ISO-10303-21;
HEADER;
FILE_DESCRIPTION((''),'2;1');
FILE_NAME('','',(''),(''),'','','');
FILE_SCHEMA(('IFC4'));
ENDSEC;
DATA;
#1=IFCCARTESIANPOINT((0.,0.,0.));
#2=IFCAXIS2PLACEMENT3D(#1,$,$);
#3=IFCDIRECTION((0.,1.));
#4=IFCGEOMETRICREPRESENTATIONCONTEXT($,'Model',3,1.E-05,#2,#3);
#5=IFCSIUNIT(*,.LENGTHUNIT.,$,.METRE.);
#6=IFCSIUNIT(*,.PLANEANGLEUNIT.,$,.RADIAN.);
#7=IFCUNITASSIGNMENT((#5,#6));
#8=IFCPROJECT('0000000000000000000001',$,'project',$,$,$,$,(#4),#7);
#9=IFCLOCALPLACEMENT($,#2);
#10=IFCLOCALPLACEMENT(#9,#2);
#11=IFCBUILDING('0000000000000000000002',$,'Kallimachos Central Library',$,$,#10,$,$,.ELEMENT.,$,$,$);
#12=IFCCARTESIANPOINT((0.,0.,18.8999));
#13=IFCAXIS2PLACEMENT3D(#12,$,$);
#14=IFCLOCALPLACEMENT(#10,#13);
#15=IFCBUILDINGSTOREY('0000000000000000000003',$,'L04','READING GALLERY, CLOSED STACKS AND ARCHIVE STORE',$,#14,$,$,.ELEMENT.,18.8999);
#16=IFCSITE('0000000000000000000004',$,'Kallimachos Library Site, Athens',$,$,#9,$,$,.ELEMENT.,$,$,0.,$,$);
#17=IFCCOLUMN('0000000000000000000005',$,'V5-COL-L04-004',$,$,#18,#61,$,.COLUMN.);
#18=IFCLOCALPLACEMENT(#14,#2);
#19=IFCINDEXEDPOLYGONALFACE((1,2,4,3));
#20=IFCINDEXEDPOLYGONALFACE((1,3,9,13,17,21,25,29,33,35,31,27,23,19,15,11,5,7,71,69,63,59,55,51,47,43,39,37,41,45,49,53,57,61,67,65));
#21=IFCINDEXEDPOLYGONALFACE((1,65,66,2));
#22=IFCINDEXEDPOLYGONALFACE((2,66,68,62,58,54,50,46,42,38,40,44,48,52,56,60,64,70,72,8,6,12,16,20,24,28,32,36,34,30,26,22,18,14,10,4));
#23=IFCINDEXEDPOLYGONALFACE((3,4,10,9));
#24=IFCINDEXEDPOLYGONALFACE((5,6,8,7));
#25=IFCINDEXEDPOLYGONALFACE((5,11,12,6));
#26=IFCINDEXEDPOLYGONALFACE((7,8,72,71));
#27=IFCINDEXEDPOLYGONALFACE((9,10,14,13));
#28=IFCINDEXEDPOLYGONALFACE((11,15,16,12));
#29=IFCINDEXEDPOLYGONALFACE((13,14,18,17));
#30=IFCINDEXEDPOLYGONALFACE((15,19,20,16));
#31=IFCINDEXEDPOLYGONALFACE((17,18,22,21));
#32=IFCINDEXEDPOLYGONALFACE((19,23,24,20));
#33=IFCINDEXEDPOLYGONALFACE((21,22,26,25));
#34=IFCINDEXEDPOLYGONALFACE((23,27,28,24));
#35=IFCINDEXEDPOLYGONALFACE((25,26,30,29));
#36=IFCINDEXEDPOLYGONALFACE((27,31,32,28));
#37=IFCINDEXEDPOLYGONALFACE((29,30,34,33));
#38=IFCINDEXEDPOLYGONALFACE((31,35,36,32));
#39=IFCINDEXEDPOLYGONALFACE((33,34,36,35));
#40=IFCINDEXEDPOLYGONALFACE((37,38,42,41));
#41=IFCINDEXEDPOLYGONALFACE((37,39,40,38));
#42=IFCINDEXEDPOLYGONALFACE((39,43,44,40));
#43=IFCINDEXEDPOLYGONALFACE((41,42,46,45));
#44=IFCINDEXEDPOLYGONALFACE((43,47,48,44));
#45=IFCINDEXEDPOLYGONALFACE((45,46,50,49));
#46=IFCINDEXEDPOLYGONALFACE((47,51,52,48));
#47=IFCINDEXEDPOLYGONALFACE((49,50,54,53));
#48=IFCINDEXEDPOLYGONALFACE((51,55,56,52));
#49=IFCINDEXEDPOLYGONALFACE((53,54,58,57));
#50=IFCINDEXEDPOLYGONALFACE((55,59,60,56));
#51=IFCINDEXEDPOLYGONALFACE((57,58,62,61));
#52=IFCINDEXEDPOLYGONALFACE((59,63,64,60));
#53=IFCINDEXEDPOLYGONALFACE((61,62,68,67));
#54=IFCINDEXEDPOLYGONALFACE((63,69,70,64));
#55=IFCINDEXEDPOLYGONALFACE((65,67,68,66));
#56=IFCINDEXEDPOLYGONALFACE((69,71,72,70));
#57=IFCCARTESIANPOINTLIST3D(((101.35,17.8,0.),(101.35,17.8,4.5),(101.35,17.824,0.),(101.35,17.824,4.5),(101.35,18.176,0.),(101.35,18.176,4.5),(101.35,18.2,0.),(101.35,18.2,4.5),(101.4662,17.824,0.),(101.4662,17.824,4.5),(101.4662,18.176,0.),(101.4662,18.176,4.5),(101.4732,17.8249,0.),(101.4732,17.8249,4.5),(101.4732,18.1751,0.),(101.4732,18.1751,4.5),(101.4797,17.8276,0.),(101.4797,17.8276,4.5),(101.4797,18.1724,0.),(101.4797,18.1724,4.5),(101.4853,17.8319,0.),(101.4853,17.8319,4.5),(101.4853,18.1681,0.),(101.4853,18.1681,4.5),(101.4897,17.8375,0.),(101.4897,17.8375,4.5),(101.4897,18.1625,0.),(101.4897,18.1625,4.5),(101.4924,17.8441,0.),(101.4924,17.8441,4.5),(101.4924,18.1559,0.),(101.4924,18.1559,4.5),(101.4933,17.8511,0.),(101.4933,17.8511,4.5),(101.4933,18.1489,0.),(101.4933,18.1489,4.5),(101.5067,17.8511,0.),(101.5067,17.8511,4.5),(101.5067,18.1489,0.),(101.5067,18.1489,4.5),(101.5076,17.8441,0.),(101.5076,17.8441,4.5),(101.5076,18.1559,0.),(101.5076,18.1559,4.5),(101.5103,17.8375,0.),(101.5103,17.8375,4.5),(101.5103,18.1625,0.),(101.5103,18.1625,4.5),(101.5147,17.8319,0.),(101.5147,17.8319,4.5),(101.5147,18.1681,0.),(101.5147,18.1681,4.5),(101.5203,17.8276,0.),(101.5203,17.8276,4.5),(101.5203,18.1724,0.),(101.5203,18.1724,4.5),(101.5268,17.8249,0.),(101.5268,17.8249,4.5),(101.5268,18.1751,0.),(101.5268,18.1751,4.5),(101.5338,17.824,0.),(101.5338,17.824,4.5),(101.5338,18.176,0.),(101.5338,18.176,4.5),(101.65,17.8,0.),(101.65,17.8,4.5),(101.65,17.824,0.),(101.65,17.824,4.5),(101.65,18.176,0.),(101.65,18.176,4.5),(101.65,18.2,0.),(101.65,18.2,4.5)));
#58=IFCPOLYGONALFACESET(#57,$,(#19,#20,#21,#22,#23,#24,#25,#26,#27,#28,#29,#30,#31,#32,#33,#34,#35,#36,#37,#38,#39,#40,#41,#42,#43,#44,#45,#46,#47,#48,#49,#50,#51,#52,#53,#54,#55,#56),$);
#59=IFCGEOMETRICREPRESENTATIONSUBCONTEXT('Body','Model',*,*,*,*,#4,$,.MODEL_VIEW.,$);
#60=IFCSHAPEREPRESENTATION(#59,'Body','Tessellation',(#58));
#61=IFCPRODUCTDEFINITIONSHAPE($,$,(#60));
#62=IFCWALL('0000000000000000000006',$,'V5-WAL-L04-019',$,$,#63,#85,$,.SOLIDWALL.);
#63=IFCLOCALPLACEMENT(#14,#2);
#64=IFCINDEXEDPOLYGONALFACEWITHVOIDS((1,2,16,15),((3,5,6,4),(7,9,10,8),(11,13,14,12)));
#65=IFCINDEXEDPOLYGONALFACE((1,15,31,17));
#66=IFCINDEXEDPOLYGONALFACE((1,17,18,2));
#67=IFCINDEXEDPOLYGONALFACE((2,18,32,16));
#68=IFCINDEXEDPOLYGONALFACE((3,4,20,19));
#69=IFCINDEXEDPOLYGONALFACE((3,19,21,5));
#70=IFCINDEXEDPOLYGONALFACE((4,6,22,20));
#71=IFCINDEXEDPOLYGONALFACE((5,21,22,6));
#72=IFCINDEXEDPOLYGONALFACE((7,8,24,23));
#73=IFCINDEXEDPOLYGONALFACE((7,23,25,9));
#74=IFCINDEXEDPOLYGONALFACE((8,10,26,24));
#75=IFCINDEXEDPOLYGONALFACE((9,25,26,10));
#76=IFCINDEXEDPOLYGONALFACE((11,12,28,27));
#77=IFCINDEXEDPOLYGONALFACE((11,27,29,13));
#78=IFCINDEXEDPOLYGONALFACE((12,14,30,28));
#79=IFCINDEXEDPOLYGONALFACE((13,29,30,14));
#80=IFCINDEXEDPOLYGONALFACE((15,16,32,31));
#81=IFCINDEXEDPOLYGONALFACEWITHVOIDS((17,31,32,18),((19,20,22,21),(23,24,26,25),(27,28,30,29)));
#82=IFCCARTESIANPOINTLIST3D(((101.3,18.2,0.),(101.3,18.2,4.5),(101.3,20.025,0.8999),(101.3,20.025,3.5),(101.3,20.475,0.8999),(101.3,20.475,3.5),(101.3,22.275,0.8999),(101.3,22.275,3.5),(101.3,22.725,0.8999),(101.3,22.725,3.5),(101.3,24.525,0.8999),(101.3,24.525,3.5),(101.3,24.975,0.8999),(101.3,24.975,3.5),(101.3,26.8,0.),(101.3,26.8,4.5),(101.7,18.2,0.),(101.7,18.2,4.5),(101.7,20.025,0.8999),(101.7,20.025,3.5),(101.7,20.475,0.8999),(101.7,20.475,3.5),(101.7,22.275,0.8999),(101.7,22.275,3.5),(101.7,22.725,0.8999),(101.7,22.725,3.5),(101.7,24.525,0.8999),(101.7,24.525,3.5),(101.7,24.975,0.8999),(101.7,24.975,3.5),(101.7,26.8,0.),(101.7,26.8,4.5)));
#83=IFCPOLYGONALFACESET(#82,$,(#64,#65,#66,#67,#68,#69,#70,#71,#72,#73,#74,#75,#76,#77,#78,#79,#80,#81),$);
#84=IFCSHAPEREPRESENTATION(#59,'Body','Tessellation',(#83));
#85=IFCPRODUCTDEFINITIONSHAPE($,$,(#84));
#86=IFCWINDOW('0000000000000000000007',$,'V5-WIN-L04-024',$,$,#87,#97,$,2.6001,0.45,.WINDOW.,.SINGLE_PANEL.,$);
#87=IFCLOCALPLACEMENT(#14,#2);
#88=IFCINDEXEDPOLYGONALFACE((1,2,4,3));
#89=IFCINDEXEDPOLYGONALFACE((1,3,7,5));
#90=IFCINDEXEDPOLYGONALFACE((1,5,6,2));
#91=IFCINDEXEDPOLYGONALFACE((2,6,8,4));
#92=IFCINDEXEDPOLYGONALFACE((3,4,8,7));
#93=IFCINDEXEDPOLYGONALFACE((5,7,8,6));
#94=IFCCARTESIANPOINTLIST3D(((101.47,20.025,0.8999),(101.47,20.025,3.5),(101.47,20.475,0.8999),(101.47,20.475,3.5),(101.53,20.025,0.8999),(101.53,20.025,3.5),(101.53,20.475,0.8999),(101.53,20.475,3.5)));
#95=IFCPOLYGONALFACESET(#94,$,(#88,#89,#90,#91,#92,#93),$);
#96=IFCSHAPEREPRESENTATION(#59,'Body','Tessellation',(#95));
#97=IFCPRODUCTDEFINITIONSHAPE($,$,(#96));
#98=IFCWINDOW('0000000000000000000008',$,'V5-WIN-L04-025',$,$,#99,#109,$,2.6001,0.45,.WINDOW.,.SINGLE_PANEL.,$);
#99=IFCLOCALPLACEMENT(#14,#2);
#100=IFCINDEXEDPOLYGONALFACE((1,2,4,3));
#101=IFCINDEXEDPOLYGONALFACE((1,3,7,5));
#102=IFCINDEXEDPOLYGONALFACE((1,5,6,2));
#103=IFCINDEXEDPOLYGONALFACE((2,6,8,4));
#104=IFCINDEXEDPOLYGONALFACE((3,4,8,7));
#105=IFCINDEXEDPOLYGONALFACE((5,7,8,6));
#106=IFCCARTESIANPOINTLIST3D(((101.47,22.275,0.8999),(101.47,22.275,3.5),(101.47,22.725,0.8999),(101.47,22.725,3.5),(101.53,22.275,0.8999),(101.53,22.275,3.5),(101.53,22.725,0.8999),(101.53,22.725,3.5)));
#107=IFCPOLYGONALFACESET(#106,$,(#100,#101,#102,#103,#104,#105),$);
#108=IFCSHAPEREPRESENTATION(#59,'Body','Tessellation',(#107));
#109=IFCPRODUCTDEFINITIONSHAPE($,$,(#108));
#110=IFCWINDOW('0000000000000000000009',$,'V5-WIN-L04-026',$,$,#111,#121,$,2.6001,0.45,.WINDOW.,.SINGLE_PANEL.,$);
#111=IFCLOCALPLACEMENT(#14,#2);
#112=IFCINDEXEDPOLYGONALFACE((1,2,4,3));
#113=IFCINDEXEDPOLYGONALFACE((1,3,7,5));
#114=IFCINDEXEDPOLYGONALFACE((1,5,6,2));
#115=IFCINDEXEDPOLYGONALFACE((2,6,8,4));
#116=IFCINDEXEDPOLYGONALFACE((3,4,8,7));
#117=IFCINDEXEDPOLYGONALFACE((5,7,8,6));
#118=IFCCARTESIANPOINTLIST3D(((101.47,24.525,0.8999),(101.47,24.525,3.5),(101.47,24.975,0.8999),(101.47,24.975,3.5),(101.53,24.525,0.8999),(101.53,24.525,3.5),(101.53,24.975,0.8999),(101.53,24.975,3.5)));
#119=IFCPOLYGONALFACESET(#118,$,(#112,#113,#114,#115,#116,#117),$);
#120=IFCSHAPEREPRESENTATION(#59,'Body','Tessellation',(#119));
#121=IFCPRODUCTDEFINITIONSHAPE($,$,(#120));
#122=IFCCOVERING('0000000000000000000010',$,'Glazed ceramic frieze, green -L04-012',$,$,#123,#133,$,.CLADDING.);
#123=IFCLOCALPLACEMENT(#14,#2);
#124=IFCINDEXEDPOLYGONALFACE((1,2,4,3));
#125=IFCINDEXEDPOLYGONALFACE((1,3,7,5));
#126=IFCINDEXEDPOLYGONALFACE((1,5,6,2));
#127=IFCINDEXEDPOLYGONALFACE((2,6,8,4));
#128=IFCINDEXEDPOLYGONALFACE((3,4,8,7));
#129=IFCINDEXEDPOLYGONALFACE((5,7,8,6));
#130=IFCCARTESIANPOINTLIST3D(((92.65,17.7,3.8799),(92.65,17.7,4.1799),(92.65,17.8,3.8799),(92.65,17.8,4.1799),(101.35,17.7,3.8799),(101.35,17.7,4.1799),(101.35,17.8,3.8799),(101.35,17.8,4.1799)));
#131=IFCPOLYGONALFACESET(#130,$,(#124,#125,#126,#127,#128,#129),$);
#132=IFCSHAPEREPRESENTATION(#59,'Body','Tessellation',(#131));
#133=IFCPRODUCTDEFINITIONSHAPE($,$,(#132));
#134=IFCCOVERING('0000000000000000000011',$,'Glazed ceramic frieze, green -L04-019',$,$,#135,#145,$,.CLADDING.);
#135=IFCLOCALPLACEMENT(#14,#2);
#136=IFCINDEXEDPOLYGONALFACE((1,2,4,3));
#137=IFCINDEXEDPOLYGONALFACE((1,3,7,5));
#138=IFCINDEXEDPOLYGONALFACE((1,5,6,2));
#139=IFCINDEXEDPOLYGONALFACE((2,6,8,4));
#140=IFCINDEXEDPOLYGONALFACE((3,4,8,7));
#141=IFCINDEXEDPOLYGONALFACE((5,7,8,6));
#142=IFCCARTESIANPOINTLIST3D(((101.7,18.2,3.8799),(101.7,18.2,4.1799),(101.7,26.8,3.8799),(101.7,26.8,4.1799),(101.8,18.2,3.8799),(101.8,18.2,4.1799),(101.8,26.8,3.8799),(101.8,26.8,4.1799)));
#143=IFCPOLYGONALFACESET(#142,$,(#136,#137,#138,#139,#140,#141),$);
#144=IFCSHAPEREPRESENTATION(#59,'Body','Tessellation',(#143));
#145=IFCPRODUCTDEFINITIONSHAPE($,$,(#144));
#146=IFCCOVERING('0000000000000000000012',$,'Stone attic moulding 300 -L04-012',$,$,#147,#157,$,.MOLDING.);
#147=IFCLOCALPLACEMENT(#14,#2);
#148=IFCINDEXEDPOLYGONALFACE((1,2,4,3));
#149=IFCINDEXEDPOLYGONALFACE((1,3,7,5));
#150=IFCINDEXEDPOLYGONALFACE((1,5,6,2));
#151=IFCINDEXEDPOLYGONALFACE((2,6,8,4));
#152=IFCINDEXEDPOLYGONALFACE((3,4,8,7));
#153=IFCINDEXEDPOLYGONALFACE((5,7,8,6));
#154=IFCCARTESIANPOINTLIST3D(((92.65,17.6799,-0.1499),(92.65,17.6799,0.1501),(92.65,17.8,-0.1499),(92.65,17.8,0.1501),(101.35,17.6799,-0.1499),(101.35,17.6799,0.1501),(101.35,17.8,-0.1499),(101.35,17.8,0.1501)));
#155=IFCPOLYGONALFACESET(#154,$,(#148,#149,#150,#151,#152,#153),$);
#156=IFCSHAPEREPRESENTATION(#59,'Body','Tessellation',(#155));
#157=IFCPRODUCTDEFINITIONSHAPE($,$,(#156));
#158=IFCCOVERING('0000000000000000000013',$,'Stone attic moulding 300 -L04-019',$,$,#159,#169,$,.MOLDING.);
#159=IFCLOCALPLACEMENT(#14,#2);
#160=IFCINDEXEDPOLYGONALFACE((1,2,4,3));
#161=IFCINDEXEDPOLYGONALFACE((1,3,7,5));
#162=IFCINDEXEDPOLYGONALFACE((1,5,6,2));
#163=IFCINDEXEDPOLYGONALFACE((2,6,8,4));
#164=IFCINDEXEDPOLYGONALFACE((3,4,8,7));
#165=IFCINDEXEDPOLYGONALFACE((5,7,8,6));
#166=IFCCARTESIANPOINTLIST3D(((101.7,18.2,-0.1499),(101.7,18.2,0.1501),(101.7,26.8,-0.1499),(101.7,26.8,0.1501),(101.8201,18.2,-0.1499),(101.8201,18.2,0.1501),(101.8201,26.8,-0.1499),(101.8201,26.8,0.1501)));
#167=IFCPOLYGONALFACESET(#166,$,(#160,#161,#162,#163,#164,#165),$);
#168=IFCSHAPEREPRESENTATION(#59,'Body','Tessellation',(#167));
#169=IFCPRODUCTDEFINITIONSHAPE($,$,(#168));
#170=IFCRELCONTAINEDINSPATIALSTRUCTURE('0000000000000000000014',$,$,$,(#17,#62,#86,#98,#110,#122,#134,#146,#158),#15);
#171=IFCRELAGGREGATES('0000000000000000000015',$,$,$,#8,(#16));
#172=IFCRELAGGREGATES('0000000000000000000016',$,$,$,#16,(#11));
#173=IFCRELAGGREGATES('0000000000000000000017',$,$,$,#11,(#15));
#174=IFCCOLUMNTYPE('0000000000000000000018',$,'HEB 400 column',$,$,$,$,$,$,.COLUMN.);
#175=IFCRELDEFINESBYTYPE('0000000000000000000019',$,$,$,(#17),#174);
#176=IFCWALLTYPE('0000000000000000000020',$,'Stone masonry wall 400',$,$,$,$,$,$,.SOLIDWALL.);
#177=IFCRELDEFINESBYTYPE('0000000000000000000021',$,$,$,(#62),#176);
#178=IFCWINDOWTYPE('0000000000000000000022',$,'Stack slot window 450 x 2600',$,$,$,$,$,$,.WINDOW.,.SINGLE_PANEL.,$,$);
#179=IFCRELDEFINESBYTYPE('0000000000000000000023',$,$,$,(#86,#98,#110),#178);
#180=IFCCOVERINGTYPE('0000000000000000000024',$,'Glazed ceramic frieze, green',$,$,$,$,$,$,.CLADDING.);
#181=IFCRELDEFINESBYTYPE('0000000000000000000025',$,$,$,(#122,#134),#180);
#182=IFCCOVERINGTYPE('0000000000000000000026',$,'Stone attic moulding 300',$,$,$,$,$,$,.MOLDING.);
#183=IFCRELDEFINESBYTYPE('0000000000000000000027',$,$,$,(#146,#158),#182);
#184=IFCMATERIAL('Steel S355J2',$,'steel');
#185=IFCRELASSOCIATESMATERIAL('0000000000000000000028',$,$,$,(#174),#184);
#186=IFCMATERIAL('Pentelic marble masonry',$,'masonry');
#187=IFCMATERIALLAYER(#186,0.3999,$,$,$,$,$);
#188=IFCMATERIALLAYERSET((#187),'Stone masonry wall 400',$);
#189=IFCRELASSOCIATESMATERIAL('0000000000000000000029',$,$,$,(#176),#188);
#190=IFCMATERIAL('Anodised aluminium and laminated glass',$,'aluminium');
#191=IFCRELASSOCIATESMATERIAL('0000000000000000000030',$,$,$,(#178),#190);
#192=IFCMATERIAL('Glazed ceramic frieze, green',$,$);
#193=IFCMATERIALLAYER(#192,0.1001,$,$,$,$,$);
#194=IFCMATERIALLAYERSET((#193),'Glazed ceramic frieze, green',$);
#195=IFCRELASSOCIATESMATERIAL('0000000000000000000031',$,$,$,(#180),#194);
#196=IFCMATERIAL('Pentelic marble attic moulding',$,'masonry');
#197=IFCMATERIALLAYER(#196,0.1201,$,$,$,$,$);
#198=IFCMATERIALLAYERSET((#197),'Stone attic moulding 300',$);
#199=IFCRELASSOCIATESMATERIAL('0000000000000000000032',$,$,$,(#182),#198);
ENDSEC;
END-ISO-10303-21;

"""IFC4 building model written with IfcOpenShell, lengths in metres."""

from ifc_helpers import new_model, si_unit, direction, frame, frame_2d, origin, origin_2d, place, context, subcontext, project, spatial, rectangle, i_section, extrude, material, layer, layer_set, material_profile, profile_set, type_object, element, fill, save


model = new_model("IFC4")

# Units and contexts
model_context = context("Model", 3, precision=1e-05, world=origin(), true_north=direction((0.0, 1.0)))
body_context = subcontext(model_context, "Body", "Model", "MODEL_VIEW")
ifc_project = project(units=[si_unit("LENGTHUNIT", "METRE"), si_unit("PLANEANGLEUNIT", "RADIAN")], contexts=[model_context])

# Site, building, storey
site_placement = place(None, origin())
site = spatial("IfcSite", under=ifc_project, at=site_placement, Name="Kallimachos Library Site, Athens", CompositionType="ELEMENT", RefElevation=0.0)
building_placement = place(site_placement, origin())
building = spatial("IfcBuilding", under=site, at=building_placement, Name="Kallimachos Central Library", CompositionType="ELEMENT")
storey_placement = place(building_placement, frame((0.0, 0.0, 18.8999)))
storey = spatial("IfcBuildingStorey", under=building, at=storey_placement, Name="L04", Description="READING GALLERY, CLOSED STACKS AND ARCHIVE STORE", CompositionType="ELEMENT", Elevation=18.8999)

# Column
ifc_material_1 = material(Name="Steel S355J2", Category="steel")
ifc_material_profile = material_profile(ifc_material_1, i_section(OverallWidth=0.3, OverallDepth=0.3999, WebThickness=0.0134, FlangeThickness=0.0239, FilletRadius=0.0271, at=origin_2d()), Name="HEB 400")
ifc_profile_set = profile_set([ifc_material_profile], Name="Steel S355J2")
column_type = type_object("IfcColumnType", Name="HEB 400 column", PredefinedType="COLUMN", material=ifc_profile_set)
column_placement = place(storey_placement, frame((101.5, 18.0, 0.0), z_axis=(0.0, 0.0, 1.0), x_axis=(1.0, 0.0, 0.0)))
element("IfcColumn", 1, at=column_placement, inside=storey, type_object=column_type, Name="V5-COL-L04-004", PredefinedType="COLUMN", context=body_context, shape_type="SweptSolid", body=[
    extrude(i_section(OverallWidth=0.3, OverallDepth=0.3999, WebThickness=0.0134, FlangeThickness=0.0239, FilletRadius=0.0271, at=origin_2d()), origin(), (0.0, 0.0, 1.0), 4.5),
])

# Wall, openings, windows
ifc_material_2 = material(Name="Pentelic marble masonry", Category="masonry")
ifc_layer_1 = layer(ifc_material_2, 0.3999)
ifc_layer_set_1 = layer_set([ifc_layer_1], Name="Stone masonry wall 400")
wall_type = type_object("IfcWallType", Name="Stone masonry wall 400", PredefinedType="SOLIDWALL", material=ifc_layer_set_1)
wall_placement = place(storey_placement, frame((101.5, 18.2, 0.0), z_axis=(0.0, 0.0, 1.0), x_axis=(0.0, 1.0, 0.0)))
wall = element("IfcWall", 2, at=wall_placement, inside=storey, type_object=wall_type, Name="V5-WAL-L04-019", PredefinedType="SOLIDWALL", context=body_context, shape_type="SweptSolid", body=[
    extrude(rectangle(XDim=8.6001, YDim=0.3999, at=frame_2d((4.3, 0.0))), origin(), (0.0, 0.0, 1.0), 4.5),
])
opening_1_placement = place(wall_placement, frame((1.825, 0.0, 0.8999)))
opening_1 = element("IfcOpeningElement", 3, at=opening_1_placement, cuts=wall, PredefinedType="OPENING", context=body_context, shape_type="SweptSolid", body=[
    extrude(rectangle(XDim=0.45, YDim=2.6001, at=frame_2d((0.2251, 1.3))), frame((0.0, 0.21, 0.0), z_axis=(0.0, -1.0, 0.0), x_axis=(1.0, 0.0, 0.0)), (0.0, 0.0, 1.0), 0.4199),
])
opening_2_placement = place(wall_placement, frame((4.075, 0.0, 0.8999)))
opening_2 = element("IfcOpeningElement", 4, at=opening_2_placement, cuts=wall, PredefinedType="OPENING", context=body_context, shape_type="SweptSolid", body=[
    extrude(rectangle(XDim=0.45, YDim=2.6001, at=frame_2d((0.2251, 1.3))), frame((0.0, 0.21, 0.0), z_axis=(0.0, -1.0, 0.0), x_axis=(1.0, 0.0, 0.0)), (0.0, 0.0, 1.0), 0.4199),
])
opening_3_placement = place(wall_placement, frame((6.325, 0.0, 0.8999)))
opening_3 = element("IfcOpeningElement", 5, at=opening_3_placement, cuts=wall, PredefinedType="OPENING", context=body_context, shape_type="SweptSolid", body=[
    extrude(rectangle(XDim=0.45, YDim=2.6001, at=frame_2d((0.2251, 1.3))), frame((0.0, 0.21, 0.0), z_axis=(0.0, -1.0, 0.0), x_axis=(1.0, 0.0, 0.0)), (0.0, 0.0, 1.0), 0.4199),
])
ifc_material_3 = material(Name="Anodised aluminium and laminated glass", Category="aluminium")
window_type = type_object("IfcWindowType", Name="Stack slot window 450 x 2600", PartitioningType="SINGLE_PANEL", PredefinedType="WINDOW", material=ifc_material_3)
window_1_placement = place(opening_1_placement, origin())
window_1 = element("IfcWindow", 6, at=window_1_placement, inside=storey, type_object=window_type, Name="V5-WIN-L04-024", OverallHeight=2.6001, OverallWidth=0.45, PartitioningType="SINGLE_PANEL", PredefinedType="WINDOW", context=body_context, shape_type="SweptSolid", body=[
    extrude(rectangle(XDim=0.45, YDim=2.6001, at=frame_2d((0.2251, 1.3))), frame((0.0, 0.03, 0.0), z_axis=(0.0, -1.0, 0.0), x_axis=(1.0, 0.0, 0.0)), (0.0, 0.0, 1.0), 0.0601),
])
fill(opening_1, window_1)
window_2_placement = place(opening_2_placement, origin())
window_2 = element("IfcWindow", 7, at=window_2_placement, inside=storey, type_object=window_type, Name="V5-WIN-L04-025", OverallHeight=2.6001, OverallWidth=0.45, PartitioningType="SINGLE_PANEL", PredefinedType="WINDOW", context=body_context, shape_type="SweptSolid", body=[
    extrude(rectangle(XDim=0.45, YDim=2.6001, at=frame_2d((0.2251, 1.3))), frame((0.0, 0.03, 0.0), z_axis=(0.0, -1.0, 0.0), x_axis=(1.0, 0.0, 0.0)), (0.0, 0.0, 1.0), 0.0601),
])
fill(opening_2, window_2)
window_3_placement = place(opening_3_placement, origin())
window_3 = element("IfcWindow", 8, at=window_3_placement, inside=storey, type_object=window_type, Name="V5-WIN-L04-026", OverallHeight=2.6001, OverallWidth=0.45, PartitioningType="SINGLE_PANEL", PredefinedType="WINDOW", context=body_context, shape_type="SweptSolid", body=[
    extrude(rectangle(XDim=0.45, YDim=2.6001, at=frame_2d((0.2251, 1.3))), frame((0.0, 0.03, 0.0), z_axis=(0.0, -1.0, 0.0), x_axis=(1.0, 0.0, 0.0)), (0.0, 0.0, 1.0), 0.0601),
])
fill(opening_3, window_3)

# Coverings
ifc_material_4 = material(Name="Glazed ceramic frieze, green")
ifc_layer_2 = layer(ifc_material_4, 0.1001)
ifc_layer_set_2 = layer_set([ifc_layer_2], Name="Glazed ceramic frieze, green")
covering_type_1 = type_object("IfcCoveringType", Name="Glazed ceramic frieze, green", PredefinedType="CLADDING", material=ifc_layer_set_2)
covering_1_placement = place(storey_placement, frame((97.0, 17.75, 3.8799), z_axis=(0.0, 0.0, 1.0), x_axis=(1.0, 0.0, 0.0)))
element("IfcCovering", 9, at=covering_1_placement, inside=storey, type_object=covering_type_1, Name="Glazed ceramic frieze, green -L04-012", PredefinedType="CLADDING", context=body_context, shape_type="SweptSolid", body=[
    extrude(rectangle(XDim=8.7, YDim=0.1001, at=origin_2d()), origin(), (0.0, 0.0, 1.0), 0.3),
])
covering_2_placement = place(storey_placement, frame((101.75, 22.5, 3.8799), z_axis=(0.0, 0.0, 1.0), x_axis=(1.0, 0.0, 0.0)))
element("IfcCovering", 10, at=covering_2_placement, inside=storey, type_object=covering_type_1, Name="Glazed ceramic frieze, green -L04-019", PredefinedType="CLADDING", context=body_context, shape_type="SweptSolid", body=[
    extrude(rectangle(XDim=0.1001, YDim=8.6001, at=origin_2d()), origin(), (0.0, 0.0, 1.0), 0.3),
])
ifc_material_5 = material(Name="Pentelic marble attic moulding", Category="masonry")
ifc_layer_3 = layer(ifc_material_5, 0.1201)
ifc_layer_set_3 = layer_set([ifc_layer_3], Name="Stone attic moulding 300")
covering_type_2 = type_object("IfcCoveringType", Name="Stone attic moulding 300", PredefinedType="MOLDING", material=ifc_layer_set_3)
covering_3_placement = place(storey_placement, frame((97.0, 17.74, -0.1499), z_axis=(0.0, 0.0, 1.0), x_axis=(1.0, 0.0, 0.0)))
element("IfcCovering", 11, at=covering_3_placement, inside=storey, type_object=covering_type_2, Name="Stone attic moulding 300 -L04-012", PredefinedType="MOLDING", context=body_context, shape_type="SweptSolid", body=[
    extrude(rectangle(XDim=8.7, YDim=0.1201, at=origin_2d()), origin(), (0.0, 0.0, 1.0), 0.3),
])
covering_4_placement = place(storey_placement, frame((101.76, 22.5, -0.1499), z_axis=(0.0, 0.0, 1.0), x_axis=(1.0, 0.0, 0.0)))
element("IfcCovering", 12, at=covering_4_placement, inside=storey, type_object=covering_type_2, Name="Stone attic moulding 300 -L04-019", PredefinedType="MOLDING", context=body_context, shape_type="SweptSolid", body=[
    extrude(rectangle(XDim=0.1201, YDim=8.6001, at=origin_2d()), origin(), (0.0, 0.0, 1.0), 0.3),
])

save(model, "model.ifc")
